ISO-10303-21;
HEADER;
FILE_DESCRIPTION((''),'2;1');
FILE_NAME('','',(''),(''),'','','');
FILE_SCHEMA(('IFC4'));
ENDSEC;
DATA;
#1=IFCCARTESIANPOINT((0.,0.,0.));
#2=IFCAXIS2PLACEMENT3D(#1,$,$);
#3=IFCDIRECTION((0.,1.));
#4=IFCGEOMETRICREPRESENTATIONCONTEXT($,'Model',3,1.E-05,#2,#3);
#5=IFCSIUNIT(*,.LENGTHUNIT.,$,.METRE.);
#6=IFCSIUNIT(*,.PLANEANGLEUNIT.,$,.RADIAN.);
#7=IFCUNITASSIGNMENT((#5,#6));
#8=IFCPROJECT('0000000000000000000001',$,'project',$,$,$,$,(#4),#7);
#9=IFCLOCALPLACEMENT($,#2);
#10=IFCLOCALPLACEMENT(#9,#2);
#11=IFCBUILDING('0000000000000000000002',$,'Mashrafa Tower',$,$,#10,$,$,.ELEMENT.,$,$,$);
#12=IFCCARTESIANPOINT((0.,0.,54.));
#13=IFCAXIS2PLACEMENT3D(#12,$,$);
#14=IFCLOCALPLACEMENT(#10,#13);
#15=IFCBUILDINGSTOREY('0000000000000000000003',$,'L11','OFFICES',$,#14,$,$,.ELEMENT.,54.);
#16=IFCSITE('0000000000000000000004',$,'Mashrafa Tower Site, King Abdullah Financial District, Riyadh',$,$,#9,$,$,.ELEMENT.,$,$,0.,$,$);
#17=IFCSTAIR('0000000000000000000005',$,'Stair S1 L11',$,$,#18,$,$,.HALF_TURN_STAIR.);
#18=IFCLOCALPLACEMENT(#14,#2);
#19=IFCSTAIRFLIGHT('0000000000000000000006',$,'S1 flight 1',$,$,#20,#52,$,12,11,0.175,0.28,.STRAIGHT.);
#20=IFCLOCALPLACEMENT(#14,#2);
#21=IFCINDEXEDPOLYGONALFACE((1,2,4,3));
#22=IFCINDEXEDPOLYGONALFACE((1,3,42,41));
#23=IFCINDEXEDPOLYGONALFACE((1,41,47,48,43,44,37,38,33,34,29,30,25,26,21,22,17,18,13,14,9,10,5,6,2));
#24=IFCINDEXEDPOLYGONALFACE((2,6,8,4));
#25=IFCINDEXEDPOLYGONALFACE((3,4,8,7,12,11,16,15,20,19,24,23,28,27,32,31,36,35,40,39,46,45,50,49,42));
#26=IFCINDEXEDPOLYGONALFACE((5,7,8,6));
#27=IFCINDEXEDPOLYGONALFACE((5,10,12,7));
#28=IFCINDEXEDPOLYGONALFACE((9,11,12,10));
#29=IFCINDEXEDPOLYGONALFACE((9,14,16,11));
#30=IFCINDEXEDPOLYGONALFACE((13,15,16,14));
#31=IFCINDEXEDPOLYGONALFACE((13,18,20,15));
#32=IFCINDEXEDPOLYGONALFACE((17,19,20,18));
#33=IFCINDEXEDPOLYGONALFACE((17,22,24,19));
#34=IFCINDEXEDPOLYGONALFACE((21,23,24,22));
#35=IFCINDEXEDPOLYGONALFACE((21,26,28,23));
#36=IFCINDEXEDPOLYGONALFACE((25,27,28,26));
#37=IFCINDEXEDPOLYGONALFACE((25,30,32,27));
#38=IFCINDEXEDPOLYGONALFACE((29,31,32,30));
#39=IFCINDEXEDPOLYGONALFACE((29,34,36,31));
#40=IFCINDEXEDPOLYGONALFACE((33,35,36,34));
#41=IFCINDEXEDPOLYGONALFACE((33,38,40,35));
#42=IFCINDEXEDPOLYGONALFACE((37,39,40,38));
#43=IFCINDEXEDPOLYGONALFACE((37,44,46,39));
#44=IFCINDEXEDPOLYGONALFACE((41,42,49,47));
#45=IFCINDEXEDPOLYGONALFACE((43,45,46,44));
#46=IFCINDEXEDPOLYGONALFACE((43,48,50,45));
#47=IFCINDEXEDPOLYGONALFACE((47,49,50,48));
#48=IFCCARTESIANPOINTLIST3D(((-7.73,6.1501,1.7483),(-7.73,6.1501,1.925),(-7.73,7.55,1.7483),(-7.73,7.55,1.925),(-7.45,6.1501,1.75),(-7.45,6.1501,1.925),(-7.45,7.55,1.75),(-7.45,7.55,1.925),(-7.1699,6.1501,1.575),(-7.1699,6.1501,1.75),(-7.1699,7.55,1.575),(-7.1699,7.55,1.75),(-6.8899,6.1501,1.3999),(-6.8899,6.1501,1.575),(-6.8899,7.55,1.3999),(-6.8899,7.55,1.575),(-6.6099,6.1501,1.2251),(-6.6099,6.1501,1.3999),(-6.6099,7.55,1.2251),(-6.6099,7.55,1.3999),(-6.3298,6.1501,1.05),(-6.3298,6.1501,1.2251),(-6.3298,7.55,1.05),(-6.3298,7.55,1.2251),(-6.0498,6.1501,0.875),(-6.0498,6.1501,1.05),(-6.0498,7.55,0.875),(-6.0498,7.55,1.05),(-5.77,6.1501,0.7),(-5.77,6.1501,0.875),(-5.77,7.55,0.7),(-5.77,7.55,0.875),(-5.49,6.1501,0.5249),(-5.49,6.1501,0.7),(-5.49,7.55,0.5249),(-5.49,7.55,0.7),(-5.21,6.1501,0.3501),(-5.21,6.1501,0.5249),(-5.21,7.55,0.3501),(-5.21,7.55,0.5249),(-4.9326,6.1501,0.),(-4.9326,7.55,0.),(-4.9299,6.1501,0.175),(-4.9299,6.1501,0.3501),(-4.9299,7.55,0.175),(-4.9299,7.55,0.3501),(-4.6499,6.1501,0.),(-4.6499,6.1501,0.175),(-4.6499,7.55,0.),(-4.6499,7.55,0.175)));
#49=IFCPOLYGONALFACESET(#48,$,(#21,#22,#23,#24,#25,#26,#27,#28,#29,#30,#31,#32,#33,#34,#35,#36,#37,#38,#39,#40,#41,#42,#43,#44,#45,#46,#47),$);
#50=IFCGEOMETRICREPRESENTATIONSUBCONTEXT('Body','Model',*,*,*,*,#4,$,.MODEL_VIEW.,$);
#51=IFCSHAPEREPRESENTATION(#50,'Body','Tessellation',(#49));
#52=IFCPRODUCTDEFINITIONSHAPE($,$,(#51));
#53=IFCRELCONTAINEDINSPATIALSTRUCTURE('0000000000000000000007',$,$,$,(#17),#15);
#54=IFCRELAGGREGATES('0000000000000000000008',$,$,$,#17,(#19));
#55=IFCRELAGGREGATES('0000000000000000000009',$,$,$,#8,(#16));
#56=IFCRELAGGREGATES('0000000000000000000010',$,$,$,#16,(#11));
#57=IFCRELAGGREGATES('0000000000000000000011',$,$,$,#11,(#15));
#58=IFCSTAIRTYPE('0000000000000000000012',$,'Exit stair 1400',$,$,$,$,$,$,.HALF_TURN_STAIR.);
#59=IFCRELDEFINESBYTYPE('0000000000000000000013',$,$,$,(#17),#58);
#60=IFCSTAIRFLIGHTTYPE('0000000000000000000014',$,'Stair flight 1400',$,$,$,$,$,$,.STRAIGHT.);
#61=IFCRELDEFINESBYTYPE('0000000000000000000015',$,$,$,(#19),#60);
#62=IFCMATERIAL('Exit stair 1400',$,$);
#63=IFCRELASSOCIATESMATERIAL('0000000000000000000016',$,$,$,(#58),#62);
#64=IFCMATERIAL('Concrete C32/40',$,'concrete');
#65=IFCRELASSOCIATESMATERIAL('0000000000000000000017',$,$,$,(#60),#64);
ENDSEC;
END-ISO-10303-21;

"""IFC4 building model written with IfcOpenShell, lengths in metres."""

from ifc_helpers import new_model, si_unit, direction, frame, origin, place, context, subcontext, project, spatial, polyline, outline, extrude, material, type_object, element, aggregate, save


model = new_model("IFC4")

# Units and contexts
model_context = context("Model", 3, precision=1e-05, world=origin(), true_north=direction((0.0, 1.0)))
body_context = subcontext(model_context, "Body", "Model", "MODEL_VIEW")
ifc_project = project(units=[si_unit("LENGTHUNIT", "METRE"), si_unit("PLANEANGLEUNIT", "RADIAN")], contexts=[model_context])

# Site, building, storey
site_placement = place(None, origin())
site = spatial("IfcSite", under=ifc_project, at=site_placement, Name="Mashrafa Tower Site, King Abdullah Financial District, Riyadh", CompositionType="ELEMENT", RefElevation=0.0)
building_placement = place(site_placement, origin())
building = spatial("IfcBuilding", under=site, at=building_placement, Name="Mashrafa Tower", CompositionType="ELEMENT")
storey_placement = place(building_placement, frame((0.0, 0.0, 54.0)))
storey = spatial("IfcBuildingStorey", under=building, at=storey_placement, Name="L11", Description="OFFICES", CompositionType="ELEMENT", Elevation=54.0)

# Stair, stair flight
ifc_material_1 = material(Name="Exit stair 1400")
stair_type = type_object("IfcStairType", Name="Exit stair 1400", PredefinedType="HALF_TURN_STAIR", material=ifc_material_1)
stair_placement = place(storey_placement, origin())
stair = element("IfcStair", 1, at=stair_placement, inside=storey, type_object=stair_type, Name="Stair S1 L11", PredefinedType="HALF_TURN_STAIR")
ifc_material_2 = material(Name="Concrete C32/40", Category="concrete")
stair_flight_type = type_object("IfcStairFlightType", Name="Stair flight 1400", PredefinedType="STRAIGHT", material=ifc_material_2)
stair_flight_placement = place(storey_placement, frame((-4.6499, 6.8501, 0.0), z_axis=(0.0, 0.0, 1.0), x_axis=(-1.0, 0.0, 0.0)))
stair_flight = element("IfcStairFlight", 2, at=stair_flight_placement, type_object=stair_flight_type, Name="S1 flight 1", NumberOfRisers=12, NumberOfTreads=11, PredefinedType="STRAIGHT", RiserHeight=0.175, TreadLength=0.28, context=body_context, shape_type="SweptSolid", body=[
    extrude(outline(polyline([(0.0, 0.0), (0.0, 0.175), (0.28, 0.175), (0.28, 0.3501), (0.5601, 0.3501), (0.5601, 0.5249), (0.8401, 0.5249), (0.8401, 0.7), (1.1201, 0.7), (1.1201, 0.875), (1.3999, 0.875), (1.3999, 1.05), (1.6799, 1.05), (1.6799, 1.2251), (1.96, 1.2251), (1.96, 1.3999), (2.24, 1.3999), (2.24, 1.575), (2.52, 1.575), (2.52, 1.75), (2.8, 1.75), (2.8, 1.925), (3.0801, 1.925), (3.0801, 2.1001), (3.0801, 1.7483), (0.2827, 0.0), (0.0, 0.0)])), frame((0.0, 0.7, 0.0), z_axis=(0.0, -1.0, 0.0), x_axis=(1.0, 0.0, 0.0)), (0.0, 0.0, 1.0), 1.3999),
])
aggregate(stair, [stair_flight])

save(model, "model.ifc")
